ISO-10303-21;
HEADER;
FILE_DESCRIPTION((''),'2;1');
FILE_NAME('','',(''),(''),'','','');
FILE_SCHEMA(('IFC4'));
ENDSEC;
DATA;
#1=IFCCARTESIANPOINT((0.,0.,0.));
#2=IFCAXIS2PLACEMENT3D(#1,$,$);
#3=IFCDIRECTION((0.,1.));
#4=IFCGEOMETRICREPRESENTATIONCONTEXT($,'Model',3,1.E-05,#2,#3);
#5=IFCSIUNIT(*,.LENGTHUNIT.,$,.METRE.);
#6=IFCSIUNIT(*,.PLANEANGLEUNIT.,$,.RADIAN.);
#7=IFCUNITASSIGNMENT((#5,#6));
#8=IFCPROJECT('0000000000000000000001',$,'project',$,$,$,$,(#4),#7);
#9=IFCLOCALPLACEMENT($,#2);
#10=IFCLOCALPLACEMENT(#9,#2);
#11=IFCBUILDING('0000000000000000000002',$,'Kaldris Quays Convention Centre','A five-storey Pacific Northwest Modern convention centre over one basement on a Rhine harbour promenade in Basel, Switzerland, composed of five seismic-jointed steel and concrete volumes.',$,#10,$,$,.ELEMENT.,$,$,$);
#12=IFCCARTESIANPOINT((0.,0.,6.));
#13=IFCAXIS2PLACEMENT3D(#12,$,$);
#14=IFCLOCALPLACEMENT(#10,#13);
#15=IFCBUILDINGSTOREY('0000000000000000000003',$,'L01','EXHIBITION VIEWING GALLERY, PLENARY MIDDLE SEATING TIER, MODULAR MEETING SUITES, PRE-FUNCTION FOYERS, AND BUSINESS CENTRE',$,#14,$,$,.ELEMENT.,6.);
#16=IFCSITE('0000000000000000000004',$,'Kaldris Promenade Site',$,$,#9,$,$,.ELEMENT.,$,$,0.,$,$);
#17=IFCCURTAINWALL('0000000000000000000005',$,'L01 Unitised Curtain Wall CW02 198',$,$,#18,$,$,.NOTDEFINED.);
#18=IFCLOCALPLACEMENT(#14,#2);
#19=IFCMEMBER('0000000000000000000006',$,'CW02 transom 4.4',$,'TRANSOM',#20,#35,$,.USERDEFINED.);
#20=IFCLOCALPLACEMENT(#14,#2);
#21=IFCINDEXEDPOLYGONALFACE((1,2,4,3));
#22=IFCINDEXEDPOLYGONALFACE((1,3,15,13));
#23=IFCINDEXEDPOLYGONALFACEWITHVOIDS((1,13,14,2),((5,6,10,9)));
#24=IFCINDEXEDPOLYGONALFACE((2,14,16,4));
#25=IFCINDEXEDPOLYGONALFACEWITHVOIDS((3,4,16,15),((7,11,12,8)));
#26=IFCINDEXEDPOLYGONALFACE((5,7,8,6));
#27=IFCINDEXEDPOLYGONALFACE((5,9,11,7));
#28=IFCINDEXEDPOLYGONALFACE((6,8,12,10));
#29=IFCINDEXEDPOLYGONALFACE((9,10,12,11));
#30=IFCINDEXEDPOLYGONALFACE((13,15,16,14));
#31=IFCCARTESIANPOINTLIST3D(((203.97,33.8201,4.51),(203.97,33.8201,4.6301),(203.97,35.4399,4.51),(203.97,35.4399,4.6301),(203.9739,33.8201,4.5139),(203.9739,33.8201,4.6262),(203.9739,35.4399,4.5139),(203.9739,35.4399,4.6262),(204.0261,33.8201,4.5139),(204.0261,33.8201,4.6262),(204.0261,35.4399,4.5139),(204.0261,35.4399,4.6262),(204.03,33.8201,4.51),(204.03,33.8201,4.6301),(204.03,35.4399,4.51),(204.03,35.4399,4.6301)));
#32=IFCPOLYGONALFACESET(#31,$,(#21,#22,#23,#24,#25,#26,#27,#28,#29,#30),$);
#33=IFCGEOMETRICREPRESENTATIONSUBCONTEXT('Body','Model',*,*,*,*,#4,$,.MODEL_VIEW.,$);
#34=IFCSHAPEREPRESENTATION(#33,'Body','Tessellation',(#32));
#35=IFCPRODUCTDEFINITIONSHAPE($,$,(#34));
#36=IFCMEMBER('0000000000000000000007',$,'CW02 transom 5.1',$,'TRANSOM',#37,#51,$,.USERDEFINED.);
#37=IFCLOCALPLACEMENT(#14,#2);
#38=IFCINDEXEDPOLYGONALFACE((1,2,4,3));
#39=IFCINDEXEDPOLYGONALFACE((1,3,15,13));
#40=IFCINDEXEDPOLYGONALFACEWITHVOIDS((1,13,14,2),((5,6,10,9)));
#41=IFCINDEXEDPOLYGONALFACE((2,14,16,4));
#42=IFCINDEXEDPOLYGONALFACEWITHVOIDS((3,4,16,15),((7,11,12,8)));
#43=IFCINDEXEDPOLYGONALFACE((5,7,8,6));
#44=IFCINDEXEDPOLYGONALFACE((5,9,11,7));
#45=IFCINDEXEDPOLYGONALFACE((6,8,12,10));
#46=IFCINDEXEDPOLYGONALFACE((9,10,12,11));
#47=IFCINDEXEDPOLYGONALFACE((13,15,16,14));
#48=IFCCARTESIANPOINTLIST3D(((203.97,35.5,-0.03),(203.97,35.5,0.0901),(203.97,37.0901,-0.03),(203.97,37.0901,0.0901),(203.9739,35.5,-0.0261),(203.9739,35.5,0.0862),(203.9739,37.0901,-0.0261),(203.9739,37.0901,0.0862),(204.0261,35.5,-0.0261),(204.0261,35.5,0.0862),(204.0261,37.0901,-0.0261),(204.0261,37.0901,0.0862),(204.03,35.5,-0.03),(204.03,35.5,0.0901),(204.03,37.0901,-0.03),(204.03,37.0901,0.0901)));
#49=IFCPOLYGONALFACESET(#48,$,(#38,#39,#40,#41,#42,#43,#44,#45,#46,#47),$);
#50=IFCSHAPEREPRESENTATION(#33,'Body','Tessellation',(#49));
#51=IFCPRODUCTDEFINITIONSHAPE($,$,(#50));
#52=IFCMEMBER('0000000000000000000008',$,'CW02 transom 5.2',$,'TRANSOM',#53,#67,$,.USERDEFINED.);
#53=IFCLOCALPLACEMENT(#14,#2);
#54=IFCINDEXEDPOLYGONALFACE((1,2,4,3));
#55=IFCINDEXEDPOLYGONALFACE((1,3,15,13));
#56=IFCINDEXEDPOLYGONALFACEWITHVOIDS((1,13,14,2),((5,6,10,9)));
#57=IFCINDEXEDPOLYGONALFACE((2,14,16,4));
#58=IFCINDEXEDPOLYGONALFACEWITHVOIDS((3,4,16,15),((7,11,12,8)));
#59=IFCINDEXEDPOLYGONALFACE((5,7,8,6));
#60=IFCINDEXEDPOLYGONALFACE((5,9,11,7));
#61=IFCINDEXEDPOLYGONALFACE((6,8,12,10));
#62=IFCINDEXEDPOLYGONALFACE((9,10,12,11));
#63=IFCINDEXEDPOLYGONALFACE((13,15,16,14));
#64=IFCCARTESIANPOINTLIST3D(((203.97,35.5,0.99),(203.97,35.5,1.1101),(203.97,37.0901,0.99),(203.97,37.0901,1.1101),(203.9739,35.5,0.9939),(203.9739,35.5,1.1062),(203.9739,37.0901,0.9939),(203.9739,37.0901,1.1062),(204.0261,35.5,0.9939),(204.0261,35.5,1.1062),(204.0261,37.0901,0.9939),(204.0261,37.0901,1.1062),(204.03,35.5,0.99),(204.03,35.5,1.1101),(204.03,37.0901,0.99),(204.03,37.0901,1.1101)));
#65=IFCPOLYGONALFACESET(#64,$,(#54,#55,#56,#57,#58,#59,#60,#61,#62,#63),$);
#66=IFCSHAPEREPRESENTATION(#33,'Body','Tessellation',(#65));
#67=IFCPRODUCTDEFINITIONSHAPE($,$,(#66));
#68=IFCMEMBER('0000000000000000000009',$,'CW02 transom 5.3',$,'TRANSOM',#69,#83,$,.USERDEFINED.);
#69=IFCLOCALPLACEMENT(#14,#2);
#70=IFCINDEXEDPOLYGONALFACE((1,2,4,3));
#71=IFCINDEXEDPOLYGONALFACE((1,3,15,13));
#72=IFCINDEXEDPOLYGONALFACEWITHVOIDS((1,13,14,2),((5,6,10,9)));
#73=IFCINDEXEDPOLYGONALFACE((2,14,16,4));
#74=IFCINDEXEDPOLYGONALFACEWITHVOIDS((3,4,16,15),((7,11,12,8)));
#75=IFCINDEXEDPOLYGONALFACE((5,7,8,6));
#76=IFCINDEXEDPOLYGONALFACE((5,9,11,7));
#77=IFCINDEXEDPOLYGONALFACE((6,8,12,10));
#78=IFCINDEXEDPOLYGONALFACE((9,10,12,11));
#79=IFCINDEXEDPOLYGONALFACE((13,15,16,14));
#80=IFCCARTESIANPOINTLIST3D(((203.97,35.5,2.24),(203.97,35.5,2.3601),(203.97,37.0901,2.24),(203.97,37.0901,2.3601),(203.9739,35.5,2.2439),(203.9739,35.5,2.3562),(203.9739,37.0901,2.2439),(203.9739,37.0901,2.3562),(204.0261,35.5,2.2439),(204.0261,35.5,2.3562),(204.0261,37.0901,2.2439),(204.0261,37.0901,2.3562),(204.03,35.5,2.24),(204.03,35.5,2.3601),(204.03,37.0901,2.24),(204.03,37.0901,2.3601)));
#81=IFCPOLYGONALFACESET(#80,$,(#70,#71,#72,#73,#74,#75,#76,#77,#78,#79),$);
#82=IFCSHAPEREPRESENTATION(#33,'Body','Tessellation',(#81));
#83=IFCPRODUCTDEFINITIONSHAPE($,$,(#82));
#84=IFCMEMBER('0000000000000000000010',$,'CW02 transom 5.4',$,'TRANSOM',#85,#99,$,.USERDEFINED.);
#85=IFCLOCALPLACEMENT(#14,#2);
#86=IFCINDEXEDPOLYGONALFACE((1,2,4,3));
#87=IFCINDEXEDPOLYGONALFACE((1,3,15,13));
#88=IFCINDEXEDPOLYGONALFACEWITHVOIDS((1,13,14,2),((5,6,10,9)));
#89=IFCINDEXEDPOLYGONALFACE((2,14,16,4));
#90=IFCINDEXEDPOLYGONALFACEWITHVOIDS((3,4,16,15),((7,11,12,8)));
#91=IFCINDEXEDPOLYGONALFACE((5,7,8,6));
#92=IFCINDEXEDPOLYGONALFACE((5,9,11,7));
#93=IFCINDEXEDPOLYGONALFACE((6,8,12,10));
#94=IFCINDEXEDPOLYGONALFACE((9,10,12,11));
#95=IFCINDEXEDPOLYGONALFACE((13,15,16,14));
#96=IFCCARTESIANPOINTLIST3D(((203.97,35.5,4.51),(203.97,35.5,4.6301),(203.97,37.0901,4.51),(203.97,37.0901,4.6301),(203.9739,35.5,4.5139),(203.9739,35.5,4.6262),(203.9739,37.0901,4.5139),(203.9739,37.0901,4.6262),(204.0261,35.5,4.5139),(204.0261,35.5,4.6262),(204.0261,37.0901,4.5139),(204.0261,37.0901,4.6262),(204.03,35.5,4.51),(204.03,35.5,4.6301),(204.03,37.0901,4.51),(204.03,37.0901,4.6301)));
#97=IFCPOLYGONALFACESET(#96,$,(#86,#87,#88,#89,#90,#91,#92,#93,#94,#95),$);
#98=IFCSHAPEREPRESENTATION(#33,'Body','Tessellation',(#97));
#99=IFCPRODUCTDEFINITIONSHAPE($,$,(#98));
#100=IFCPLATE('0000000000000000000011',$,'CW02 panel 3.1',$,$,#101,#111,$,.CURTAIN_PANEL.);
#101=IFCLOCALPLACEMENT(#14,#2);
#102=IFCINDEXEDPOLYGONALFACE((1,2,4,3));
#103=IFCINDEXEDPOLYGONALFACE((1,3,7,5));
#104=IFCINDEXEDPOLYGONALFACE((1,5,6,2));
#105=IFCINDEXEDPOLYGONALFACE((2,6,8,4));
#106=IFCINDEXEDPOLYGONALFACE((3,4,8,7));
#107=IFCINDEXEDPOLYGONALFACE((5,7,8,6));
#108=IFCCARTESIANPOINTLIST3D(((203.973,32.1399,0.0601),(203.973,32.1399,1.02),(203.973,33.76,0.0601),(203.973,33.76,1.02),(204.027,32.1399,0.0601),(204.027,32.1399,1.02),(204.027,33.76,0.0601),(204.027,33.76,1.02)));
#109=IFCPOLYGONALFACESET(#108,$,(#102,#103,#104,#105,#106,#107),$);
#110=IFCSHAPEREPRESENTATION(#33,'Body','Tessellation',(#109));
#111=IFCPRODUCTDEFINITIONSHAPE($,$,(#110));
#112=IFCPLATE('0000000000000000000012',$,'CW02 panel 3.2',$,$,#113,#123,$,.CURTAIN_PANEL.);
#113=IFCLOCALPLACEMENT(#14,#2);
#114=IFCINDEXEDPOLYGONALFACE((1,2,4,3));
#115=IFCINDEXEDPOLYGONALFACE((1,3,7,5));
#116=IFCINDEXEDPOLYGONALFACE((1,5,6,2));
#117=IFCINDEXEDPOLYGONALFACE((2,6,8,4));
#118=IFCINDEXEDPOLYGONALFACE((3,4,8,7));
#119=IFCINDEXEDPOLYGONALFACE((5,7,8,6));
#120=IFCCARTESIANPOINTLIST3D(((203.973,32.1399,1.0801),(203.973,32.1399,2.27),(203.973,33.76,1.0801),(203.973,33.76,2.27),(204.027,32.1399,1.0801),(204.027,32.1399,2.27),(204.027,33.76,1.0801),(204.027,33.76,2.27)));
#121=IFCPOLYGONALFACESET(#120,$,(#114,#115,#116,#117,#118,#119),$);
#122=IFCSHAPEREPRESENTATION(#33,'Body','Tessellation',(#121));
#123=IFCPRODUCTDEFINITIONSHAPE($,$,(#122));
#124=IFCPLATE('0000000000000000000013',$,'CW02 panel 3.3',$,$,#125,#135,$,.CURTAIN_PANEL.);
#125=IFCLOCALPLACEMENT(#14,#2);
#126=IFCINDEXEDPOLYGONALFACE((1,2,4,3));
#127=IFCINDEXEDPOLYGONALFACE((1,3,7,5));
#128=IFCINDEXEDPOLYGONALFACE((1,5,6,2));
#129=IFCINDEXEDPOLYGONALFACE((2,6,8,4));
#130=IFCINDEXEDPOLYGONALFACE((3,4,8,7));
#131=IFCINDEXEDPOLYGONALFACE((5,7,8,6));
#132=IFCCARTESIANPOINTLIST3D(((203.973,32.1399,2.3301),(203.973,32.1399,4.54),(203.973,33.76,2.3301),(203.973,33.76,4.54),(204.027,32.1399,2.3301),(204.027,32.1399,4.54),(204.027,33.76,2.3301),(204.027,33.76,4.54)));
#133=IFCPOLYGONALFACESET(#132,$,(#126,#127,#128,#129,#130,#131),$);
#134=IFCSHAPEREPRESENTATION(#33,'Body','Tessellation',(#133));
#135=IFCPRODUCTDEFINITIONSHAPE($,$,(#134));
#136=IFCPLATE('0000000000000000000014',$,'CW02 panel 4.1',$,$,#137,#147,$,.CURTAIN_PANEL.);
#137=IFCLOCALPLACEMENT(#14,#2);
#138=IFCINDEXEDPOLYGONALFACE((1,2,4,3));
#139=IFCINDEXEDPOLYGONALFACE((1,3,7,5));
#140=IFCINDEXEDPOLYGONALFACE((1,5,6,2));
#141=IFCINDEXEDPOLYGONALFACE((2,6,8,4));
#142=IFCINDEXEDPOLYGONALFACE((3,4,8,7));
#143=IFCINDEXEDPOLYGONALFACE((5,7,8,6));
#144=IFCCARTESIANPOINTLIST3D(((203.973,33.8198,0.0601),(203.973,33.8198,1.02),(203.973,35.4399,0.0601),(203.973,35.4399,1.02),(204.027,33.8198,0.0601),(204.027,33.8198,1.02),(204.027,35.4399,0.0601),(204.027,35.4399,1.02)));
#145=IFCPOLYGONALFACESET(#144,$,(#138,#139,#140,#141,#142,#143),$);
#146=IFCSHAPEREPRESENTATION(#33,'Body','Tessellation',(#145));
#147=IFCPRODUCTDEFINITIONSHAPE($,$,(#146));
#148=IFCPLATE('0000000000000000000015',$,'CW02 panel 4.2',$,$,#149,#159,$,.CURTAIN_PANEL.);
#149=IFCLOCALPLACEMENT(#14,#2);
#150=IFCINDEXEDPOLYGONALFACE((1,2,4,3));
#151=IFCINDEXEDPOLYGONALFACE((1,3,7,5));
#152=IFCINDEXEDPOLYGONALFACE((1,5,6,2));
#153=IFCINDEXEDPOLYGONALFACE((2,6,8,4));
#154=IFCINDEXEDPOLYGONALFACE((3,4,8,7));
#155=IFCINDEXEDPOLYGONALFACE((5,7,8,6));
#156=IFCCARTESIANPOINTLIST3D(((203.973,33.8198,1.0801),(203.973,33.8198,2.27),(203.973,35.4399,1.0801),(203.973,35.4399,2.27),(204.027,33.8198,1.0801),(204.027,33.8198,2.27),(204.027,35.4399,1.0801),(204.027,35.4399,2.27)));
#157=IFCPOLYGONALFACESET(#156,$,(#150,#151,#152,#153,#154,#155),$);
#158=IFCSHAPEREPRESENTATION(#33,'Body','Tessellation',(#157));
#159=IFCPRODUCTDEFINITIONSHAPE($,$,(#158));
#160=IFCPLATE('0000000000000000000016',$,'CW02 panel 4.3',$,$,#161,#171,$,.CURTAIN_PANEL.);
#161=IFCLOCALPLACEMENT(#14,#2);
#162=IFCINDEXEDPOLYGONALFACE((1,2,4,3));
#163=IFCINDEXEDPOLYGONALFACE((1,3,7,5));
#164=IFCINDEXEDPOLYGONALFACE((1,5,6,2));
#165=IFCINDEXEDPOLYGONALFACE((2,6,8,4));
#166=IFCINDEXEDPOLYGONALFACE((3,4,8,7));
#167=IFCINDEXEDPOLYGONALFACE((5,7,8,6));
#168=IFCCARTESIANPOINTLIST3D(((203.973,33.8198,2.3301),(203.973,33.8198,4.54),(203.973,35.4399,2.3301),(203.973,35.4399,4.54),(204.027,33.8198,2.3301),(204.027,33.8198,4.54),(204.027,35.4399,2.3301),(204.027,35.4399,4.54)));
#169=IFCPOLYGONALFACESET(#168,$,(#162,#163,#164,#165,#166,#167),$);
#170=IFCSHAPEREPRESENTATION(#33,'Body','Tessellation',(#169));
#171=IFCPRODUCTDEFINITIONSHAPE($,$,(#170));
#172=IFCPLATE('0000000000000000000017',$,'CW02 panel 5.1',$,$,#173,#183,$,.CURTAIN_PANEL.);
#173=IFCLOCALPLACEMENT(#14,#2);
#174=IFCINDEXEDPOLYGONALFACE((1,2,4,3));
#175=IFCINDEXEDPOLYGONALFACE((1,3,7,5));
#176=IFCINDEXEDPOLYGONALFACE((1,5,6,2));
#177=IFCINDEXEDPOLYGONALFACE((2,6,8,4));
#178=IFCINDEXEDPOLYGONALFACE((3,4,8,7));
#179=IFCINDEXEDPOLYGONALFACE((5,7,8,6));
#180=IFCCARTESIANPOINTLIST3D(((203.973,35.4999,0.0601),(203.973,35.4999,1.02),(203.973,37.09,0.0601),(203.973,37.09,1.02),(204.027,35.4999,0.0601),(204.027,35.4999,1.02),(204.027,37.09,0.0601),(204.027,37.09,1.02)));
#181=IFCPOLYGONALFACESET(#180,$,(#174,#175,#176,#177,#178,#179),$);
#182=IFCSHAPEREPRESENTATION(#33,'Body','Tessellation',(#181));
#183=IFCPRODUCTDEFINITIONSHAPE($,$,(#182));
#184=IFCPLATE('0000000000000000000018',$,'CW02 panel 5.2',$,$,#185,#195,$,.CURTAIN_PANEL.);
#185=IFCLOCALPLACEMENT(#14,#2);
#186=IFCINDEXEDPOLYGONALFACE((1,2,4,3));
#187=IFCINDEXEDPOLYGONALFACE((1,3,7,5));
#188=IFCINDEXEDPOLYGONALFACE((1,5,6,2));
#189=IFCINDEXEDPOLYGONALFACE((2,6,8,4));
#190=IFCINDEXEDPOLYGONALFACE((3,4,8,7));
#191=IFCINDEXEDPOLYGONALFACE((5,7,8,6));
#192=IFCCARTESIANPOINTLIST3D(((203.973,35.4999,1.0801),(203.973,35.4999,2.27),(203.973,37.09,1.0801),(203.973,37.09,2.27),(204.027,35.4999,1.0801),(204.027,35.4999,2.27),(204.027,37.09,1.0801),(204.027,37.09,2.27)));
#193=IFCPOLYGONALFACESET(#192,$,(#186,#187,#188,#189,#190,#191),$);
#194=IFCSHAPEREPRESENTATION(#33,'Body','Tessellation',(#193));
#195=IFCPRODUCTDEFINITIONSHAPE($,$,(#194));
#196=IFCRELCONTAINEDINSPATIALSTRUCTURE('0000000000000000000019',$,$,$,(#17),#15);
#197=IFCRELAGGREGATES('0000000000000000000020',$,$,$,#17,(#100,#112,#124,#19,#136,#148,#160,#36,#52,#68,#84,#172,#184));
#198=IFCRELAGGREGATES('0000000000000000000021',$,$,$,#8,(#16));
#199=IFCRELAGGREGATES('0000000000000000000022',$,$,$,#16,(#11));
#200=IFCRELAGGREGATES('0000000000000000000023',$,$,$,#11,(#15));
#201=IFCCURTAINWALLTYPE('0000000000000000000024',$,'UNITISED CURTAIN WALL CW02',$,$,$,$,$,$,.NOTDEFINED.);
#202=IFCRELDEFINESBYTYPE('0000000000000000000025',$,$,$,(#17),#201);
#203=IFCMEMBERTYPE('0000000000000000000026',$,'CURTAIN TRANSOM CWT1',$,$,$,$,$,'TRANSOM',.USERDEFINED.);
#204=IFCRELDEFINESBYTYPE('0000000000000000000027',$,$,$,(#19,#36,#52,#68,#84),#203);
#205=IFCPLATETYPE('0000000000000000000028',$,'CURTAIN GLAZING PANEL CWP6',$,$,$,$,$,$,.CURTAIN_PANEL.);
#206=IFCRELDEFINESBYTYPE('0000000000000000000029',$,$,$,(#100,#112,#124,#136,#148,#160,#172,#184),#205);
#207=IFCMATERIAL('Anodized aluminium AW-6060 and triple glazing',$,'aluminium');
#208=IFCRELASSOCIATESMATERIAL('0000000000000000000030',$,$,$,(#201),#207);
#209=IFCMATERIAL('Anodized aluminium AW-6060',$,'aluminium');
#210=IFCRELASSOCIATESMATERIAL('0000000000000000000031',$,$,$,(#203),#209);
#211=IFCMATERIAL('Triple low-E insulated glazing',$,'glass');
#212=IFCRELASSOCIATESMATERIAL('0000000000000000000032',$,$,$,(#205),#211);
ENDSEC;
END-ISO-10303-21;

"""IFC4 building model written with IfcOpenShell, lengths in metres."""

from ifc_helpers import new_model, si_unit, direction, frame, origin, origin_2d, place, context, subcontext, project, spatial, rectangle, hollow_rectangle, extrude, material, material_profile, profile_set, type_object, element, aggregate, save


model = new_model("IFC4")

# Units and contexts
model_context = context("Model", 3, precision=1e-05, world=origin(), true_north=direction((0.0, 1.0)))
body_context = subcontext(model_context, "Body", "Model", "MODEL_VIEW")
ifc_project = project(units=[si_unit("LENGTHUNIT", "METRE"), si_unit("PLANEANGLEUNIT", "RADIAN")], contexts=[model_context])

# Site, building, storey
site_placement = place(None, origin())
site = spatial("IfcSite", under=ifc_project, at=site_placement, Name="Kaldris Promenade Site", CompositionType="ELEMENT", RefElevation=0.0)
building_placement = place(site_placement, origin())
building = spatial("IfcBuilding", under=site, at=building_placement, Name="Kaldris Quays Convention Centre", Description="A five-storey Pacific Northwest Modern convention centre over one basement on a Rhine harbour promenade in Basel, Switzerland, composed of five seismic-jointed steel and concrete volumes.", CompositionType="ELEMENT")
storey_placement = place(building_placement, frame((0.0, 0.0, 6.0)))
storey = spatial("IfcBuildingStorey", under=building, at=storey_placement, Name="L01", Description="EXHIBITION VIEWING GALLERY, PLENARY MIDDLE SEATING TIER, MODULAR MEETING SUITES, PRE-FUNCTION FOYERS, AND BUSINESS CENTRE", CompositionType="ELEMENT", Elevation=6.0)

# Curtain wall, members, plates
ifc_material_1 = material(Name="Anodized aluminium AW-6060 and triple glazing", Category="aluminium")
curtain_wall_type = type_object("IfcCurtainWallType", Name="UNITISED CURTAIN WALL CW02", PredefinedType="NOTDEFINED", material=ifc_material_1)
curtain_wall_placement = place(storey_placement, origin())
curtain_wall = element("IfcCurtainWall", 1, at=curtain_wall_placement, inside=storey, type_object=curtain_wall_type, Name="L01 Unitised Curtain Wall CW02 198", PredefinedType="NOTDEFINED")
ifc_material_2 = material(Name="Anodized aluminium AW-6060", Category="aluminium")
ifc_material_profile_1 = material_profile(ifc_material_2, hollow_rectangle(XDim=0.0601, YDim=0.1201, WallThickness=0.0039, at=origin_2d()), Name="RHS 120x60x4")
ifc_profile_set_1 = profile_set([ifc_material_profile_1], Name="Anodized aluminium AW-6060")
member_type_1 = type_object("IfcMemberType", Name="CURTAIN TRANSOM CWT1", ElementType="TRANSOM", PredefinedType="USERDEFINED", material=ifc_profile_set_1)
member_1_placement = place(storey_placement, frame((204.0, 33.8201, 4.5701), z_axis=(0.0, 1.0, 0.0), x_axis=(-1.0, 0.0, 0.0)))
member_1 = element("IfcMember", 2, at=member_1_placement, type_object=member_type_1, Name="CW02 transom 4.4", ObjectType="TRANSOM", PredefinedType="USERDEFINED", context=body_context, shape_type="SweptSolid", body=[
    extrude(hollow_rectangle(XDim=0.0601, YDim=0.1201, WallThickness=0.0039, at=origin_2d()), origin(), (0.0, 0.0, 1.0), 1.6199),
])
member_2_placement = place(storey_placement, frame((204.0, 35.5, 0.03), z_axis=(0.0, 1.0, 0.0), x_axis=(-1.0, 0.0, 0.0)))
member_2 = element("IfcMember", 3, at=member_2_placement, type_object=member_type_1, Name="CW02 transom 5.1", ObjectType="TRANSOM", PredefinedType="USERDEFINED", context=body_context, shape_type="SweptSolid", body=[
    extrude(hollow_rectangle(XDim=0.0601, YDim=0.1201, WallThickness=0.0039, at=origin_2d()), origin(), (0.0, 0.0, 1.0), 1.5901),
])
member_3_placement = place(storey_placement, frame((204.0, 35.5, 1.05), z_axis=(0.0, 1.0, 0.0), x_axis=(-1.0, 0.0, 0.0)))
member_3 = element("IfcMember", 4, at=member_3_placement, type_object=member_type_1, Name="CW02 transom 5.2", ObjectType="TRANSOM", PredefinedType="USERDEFINED", context=body_context, shape_type="SweptSolid", body=[
    extrude(hollow_rectangle(XDim=0.0601, YDim=0.1201, WallThickness=0.0039, at=origin_2d()), origin(), (0.0, 0.0, 1.0), 1.5901),
])
member_4_placement = place(storey_placement, frame((204.0, 35.5, 2.3), z_axis=(0.0, 1.0, 0.0), x_axis=(-1.0, 0.0, 0.0)))
member_4 = element("IfcMember", 5, at=member_4_placement, type_object=member_type_1, Name="CW02 transom 5.3", ObjectType="TRANSOM", PredefinedType="USERDEFINED", context=body_context, shape_type="SweptSolid", body=[
    extrude(hollow_rectangle(XDim=0.0601, YDim=0.1201, WallThickness=0.0039, at=origin_2d()), origin(), (0.0, 0.0, 1.0), 1.5901),
])
member_5_placement = place(storey_placement, frame((204.0, 35.5, 4.5701), z_axis=(0.0, 1.0, 0.0), x_axis=(-1.0, 0.0, 0.0)))
member_5 = element("IfcMember", 6, at=member_5_placement, type_object=member_type_1, Name="CW02 transom 5.4", ObjectType="TRANSOM", PredefinedType="USERDEFINED", context=body_context, shape_type="SweptSolid", body=[
    extrude(hollow_rectangle(XDim=0.0601, YDim=0.1201, WallThickness=0.0039, at=origin_2d()), origin(), (0.0, 0.0, 1.0), 1.5901),
])
ifc_material_3 = material(Name="Triple low-E insulated glazing", Category="glass")
plate_type = type_object("IfcPlateType", Name="CURTAIN GLAZING PANEL CWP6", PredefinedType="CURTAIN_PANEL", material=ifc_material_3)
plate_1_placement = place(storey_placement, frame((204.0, 32.95, 0.0601), z_axis=(0.0, 0.0, 1.0), x_axis=(0.0, 1.0, 0.0)))
plate_1 = element("IfcPlate", 7, at=plate_1_placement, type_object=plate_type, Name="CW02 panel 3.1", PredefinedType="CURTAIN_PANEL", context=body_context, shape_type="SweptSolid", body=[
    extrude(rectangle(XDim=1.6201, YDim=0.054, at=origin_2d()), origin(), (0.0, 0.0, 1.0), 0.96),
])
plate_2_placement = place(storey_placement, frame((204.0, 32.95, 1.0801), z_axis=(0.0, 0.0, 1.0), x_axis=(0.0, 1.0, 0.0)))
plate_2 = element("IfcPlate", 8, at=plate_2_placement, type_object=plate_type, Name="CW02 panel 3.2", PredefinedType="CURTAIN_PANEL", context=body_context, shape_type="SweptSolid", body=[
    extrude(rectangle(XDim=1.6201, YDim=0.054, at=origin_2d()), origin(), (0.0, 0.0, 1.0), 1.1899),
])
plate_3_placement = place(storey_placement, frame((204.0, 32.95, 2.3301), z_axis=(0.0, 0.0, 1.0), x_axis=(0.0, 1.0, 0.0)))
plate_3 = element("IfcPlate", 9, at=plate_3_placement, type_object=plate_type, Name="CW02 panel 3.3", PredefinedType="CURTAIN_PANEL", context=body_context, shape_type="SweptSolid", body=[
    extrude(rectangle(XDim=1.6201, YDim=0.054, at=origin_2d()), origin(), (0.0, 0.0, 1.0), 2.21),
])
plate_4_placement = place(storey_placement, frame((204.0, 34.6299, 0.0601), z_axis=(0.0, 0.0, 1.0), x_axis=(0.0, 1.0, 0.0)))
plate_4 = element("IfcPlate", 10, at=plate_4_placement, type_object=plate_type, Name="CW02 panel 4.1", PredefinedType="CURTAIN_PANEL", context=body_context, shape_type="SweptSolid", body=[
    extrude(rectangle(XDim=1.6201, YDim=0.054, at=origin_2d()), origin(), (0.0, 0.0, 1.0), 0.96),
])
plate_5_placement = place(storey_placement, frame((204.0, 34.6299, 1.0801), z_axis=(0.0, 0.0, 1.0), x_axis=(0.0, 1.0, 0.0)))
plate_5 = element("IfcPlate", 11, at=plate_5_placement, type_object=plate_type, Name="CW02 panel 4.2", PredefinedType="CURTAIN_PANEL", context=body_context, shape_type="SweptSolid", body=[
    extrude(rectangle(XDim=1.6201, YDim=0.054, at=origin_2d()), origin(), (0.0, 0.0, 1.0), 1.1899),
])
plate_6_placement = place(storey_placement, frame((204.0, 34.6299, 2.3301), z_axis=(0.0, 0.0, 1.0), x_axis=(0.0, 1.0, 0.0)))
plate_6 = element("IfcPlate", 12, at=plate_6_placement, type_object=plate_type, Name="CW02 panel 4.3", PredefinedType="CURTAIN_PANEL", context=body_context, shape_type="SweptSolid", body=[
    extrude(rectangle(XDim=1.6201, YDim=0.054, at=origin_2d()), origin(), (0.0, 0.0, 1.0), 2.21),
])
plate_7_placement = place(storey_placement, frame((204.0, 36.2949, 0.0601), z_axis=(0.0, 0.0, 1.0), x_axis=(0.0, 1.0, 0.0)))
plate_7 = element("IfcPlate", 13, at=plate_7_placement, type_object=plate_type, Name="CW02 panel 5.1", PredefinedType="CURTAIN_PANEL", context=body_context, shape_type="SweptSolid", body=[
    extrude(rectangle(XDim=1.5901, YDim=0.054, at=origin_2d()), origin(), (0.0, 0.0, 1.0), 0.96),
])
plate_8_placement = place(storey_placement, frame((204.0, 36.2949, 1.0801), z_axis=(0.0, 0.0, 1.0), x_axis=(0.0, 1.0, 0.0)))
plate_8 = element("IfcPlate", 14, at=plate_8_placement, type_object=plate_type, Name="CW02 panel 5.2", PredefinedType="CURTAIN_PANEL", context=body_context, shape_type="SweptSolid", body=[
    extrude(rectangle(XDim=1.5901, YDim=0.054, at=origin_2d()), origin(), (0.0, 0.0, 1.0), 1.1899),
])
aggregate(curtain_wall, [plate_1, plate_2, plate_3, member_1, plate_4, plate_5, plate_6, member_2, member_3, member_4, member_5, plate_7, plate_8])

save(model, "model.ifc")
